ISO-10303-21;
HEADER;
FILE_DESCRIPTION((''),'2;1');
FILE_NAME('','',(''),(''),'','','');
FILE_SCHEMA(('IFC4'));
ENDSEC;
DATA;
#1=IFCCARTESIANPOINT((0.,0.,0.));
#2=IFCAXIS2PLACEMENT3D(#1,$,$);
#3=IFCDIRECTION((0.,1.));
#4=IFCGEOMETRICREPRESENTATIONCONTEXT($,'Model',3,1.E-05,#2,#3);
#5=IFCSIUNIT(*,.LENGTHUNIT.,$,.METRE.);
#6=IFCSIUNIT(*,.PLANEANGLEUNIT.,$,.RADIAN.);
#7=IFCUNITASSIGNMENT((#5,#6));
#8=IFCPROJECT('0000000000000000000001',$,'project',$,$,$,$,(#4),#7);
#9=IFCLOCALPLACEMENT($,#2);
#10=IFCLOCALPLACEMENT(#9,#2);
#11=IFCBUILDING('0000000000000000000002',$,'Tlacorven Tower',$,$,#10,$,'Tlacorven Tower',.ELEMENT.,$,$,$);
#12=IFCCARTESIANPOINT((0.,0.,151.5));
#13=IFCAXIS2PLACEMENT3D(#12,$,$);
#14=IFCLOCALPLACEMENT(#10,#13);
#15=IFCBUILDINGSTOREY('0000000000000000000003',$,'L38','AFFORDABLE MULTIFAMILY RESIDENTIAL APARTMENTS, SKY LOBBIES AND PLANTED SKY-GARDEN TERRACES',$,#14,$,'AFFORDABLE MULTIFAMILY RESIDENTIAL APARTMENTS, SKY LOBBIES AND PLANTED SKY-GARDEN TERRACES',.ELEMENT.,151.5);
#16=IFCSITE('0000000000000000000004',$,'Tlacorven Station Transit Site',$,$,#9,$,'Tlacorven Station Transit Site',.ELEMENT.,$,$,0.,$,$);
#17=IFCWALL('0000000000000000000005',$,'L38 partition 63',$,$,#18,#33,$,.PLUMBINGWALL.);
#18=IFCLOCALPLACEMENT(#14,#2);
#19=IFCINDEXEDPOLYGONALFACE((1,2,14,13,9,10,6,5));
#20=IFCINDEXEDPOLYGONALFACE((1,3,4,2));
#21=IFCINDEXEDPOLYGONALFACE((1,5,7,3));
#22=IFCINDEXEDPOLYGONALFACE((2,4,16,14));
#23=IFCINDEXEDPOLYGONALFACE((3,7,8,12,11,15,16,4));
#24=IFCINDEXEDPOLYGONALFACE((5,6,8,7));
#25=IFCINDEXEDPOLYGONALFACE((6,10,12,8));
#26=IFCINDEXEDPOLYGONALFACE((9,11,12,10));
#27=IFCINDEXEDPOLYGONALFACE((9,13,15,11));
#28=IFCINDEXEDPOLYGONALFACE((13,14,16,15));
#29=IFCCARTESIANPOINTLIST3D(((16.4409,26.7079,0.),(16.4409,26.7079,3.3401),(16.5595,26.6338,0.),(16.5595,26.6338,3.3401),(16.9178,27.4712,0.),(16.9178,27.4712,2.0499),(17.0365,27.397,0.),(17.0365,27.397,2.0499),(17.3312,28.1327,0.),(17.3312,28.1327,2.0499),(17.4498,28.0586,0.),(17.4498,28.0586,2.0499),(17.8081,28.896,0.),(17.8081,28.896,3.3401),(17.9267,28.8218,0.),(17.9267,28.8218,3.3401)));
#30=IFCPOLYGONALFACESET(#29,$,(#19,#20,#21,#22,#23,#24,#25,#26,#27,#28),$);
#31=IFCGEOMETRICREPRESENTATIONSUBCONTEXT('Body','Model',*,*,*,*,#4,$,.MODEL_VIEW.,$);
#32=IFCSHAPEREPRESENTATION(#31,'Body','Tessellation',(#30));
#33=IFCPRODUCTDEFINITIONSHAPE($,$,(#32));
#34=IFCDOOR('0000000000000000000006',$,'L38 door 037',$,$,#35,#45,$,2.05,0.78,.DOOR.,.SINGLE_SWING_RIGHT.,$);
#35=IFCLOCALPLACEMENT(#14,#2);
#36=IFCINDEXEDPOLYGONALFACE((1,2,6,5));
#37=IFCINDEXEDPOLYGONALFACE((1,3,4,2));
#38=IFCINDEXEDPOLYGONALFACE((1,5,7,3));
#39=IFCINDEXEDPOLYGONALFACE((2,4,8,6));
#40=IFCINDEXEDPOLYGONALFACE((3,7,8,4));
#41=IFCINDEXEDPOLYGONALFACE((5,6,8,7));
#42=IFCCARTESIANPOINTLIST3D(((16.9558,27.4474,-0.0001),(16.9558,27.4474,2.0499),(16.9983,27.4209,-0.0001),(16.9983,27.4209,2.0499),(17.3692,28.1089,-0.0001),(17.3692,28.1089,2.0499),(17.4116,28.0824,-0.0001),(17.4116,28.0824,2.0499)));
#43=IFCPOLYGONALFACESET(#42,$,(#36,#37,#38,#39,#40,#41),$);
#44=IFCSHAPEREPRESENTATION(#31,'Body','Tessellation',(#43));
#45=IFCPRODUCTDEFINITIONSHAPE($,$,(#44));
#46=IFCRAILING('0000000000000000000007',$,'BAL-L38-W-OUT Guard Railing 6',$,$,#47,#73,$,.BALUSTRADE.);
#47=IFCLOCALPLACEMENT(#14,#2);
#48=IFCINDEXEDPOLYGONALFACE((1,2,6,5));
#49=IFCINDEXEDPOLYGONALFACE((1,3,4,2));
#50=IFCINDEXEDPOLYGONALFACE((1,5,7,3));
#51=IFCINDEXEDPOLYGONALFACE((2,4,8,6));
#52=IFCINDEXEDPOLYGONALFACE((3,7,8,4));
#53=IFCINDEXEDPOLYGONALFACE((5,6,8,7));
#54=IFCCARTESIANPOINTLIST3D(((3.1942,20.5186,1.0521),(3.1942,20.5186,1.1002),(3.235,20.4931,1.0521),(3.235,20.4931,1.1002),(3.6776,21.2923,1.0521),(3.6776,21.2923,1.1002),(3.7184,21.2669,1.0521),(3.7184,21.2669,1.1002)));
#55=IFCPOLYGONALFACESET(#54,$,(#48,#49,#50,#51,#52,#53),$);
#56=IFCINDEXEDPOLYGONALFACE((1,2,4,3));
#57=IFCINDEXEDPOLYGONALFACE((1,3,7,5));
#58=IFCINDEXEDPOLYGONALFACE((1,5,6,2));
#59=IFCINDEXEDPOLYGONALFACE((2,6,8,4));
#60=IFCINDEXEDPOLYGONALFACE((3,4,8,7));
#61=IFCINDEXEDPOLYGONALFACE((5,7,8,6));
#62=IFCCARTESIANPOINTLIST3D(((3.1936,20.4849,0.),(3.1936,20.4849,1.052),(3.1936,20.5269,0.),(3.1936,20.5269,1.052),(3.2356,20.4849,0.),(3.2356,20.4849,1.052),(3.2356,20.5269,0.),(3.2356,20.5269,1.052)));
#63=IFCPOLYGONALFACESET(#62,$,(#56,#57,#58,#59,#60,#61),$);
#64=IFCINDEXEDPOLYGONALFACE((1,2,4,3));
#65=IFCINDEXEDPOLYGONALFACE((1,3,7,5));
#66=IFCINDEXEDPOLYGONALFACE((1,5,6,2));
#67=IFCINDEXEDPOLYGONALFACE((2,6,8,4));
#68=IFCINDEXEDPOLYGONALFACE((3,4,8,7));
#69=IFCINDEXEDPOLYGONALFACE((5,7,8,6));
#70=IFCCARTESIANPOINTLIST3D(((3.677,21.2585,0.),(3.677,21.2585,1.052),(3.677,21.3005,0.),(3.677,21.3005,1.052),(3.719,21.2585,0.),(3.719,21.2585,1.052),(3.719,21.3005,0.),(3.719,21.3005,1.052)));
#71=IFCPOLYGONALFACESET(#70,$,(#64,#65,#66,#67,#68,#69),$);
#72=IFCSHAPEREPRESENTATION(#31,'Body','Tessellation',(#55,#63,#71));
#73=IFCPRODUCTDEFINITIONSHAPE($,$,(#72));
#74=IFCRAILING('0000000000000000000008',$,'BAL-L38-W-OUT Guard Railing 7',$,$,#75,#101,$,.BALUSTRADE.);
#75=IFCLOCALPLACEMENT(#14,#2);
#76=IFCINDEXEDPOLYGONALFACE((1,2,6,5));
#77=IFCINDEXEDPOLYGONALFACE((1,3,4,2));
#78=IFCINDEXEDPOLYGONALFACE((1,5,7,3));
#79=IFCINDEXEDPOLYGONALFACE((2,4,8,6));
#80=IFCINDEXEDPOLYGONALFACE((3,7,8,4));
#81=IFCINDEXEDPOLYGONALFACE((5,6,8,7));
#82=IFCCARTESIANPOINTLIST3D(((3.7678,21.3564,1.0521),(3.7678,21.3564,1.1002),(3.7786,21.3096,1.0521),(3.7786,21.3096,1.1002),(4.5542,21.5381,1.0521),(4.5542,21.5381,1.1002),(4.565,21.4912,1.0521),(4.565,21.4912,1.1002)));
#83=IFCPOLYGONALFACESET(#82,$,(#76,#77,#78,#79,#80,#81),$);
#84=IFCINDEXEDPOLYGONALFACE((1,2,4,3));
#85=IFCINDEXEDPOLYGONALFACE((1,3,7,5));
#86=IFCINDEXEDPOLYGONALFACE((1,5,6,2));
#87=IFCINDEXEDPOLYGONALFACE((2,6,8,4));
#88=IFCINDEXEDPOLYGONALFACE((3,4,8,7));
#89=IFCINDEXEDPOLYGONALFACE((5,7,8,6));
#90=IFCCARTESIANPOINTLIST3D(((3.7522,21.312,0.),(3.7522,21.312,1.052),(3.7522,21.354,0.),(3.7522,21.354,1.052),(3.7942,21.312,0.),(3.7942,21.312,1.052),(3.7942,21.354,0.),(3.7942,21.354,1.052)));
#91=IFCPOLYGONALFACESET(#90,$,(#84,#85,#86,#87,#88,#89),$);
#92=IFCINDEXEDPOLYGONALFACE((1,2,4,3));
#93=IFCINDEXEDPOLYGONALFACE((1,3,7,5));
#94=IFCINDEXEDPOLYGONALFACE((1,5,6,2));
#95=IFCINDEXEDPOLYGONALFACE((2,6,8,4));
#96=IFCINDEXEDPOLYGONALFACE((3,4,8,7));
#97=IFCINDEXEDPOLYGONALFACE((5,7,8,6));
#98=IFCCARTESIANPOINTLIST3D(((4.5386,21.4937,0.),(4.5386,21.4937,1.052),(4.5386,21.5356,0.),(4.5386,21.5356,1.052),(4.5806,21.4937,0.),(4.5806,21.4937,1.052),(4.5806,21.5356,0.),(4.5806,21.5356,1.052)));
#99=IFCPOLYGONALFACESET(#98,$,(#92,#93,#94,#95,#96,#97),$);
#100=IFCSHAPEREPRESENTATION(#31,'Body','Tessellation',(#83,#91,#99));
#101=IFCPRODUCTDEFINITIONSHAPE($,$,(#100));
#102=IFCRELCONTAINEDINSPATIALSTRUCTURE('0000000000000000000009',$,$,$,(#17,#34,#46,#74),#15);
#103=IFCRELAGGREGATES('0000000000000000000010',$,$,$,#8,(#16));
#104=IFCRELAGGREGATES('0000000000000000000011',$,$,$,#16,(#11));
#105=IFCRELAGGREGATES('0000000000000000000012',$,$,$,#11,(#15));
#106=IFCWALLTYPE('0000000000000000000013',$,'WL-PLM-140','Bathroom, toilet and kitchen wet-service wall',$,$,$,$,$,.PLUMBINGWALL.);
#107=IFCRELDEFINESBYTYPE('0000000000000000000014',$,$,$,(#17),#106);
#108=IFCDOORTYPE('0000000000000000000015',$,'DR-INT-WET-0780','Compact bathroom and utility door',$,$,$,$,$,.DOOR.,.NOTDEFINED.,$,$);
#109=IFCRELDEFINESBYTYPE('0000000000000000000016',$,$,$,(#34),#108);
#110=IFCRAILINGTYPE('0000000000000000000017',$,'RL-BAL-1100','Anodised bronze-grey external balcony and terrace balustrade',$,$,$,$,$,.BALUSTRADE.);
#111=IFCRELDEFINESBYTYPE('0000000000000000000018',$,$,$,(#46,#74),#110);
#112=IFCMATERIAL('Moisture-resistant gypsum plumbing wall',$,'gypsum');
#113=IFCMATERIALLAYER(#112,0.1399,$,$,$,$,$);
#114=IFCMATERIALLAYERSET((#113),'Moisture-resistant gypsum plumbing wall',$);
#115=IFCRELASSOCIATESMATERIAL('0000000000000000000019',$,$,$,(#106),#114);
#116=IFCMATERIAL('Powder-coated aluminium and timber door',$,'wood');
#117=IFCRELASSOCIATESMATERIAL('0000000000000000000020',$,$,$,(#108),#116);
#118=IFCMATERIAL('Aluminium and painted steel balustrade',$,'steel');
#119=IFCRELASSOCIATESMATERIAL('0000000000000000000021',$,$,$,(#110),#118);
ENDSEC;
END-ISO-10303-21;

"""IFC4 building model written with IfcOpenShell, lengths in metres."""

from ifc_helpers import new_model, si_unit, direction, frame, frame_2d, origin, origin_2d, place, context, subcontext, project, spatial, rectangle, extrude, source, transform, mapped, material, layer, layer_set, type_object, element, fill, save


model = new_model("IFC4")

# Units and contexts
model_context = context("Model", 3, precision=1e-05, world=origin(), true_north=direction((0.0, 1.0)))
body_context = subcontext(model_context, "Body", "Model", "MODEL_VIEW")
ifc_project = project(units=[si_unit("LENGTHUNIT", "METRE"), si_unit("PLANEANGLEUNIT", "RADIAN")], contexts=[model_context])

# Site, building, storey
site_placement = place(None, origin())
site = spatial("IfcSite", under=ifc_project, at=site_placement, Name="Tlacorven Station Transit Site", LongName="Tlacorven Station Transit Site", CompositionType="ELEMENT", RefElevation=0.0)
building_placement = place(site_placement, origin())
building = spatial("IfcBuilding", under=site, at=building_placement, Name="Tlacorven Tower", LongName="Tlacorven Tower", CompositionType="ELEMENT")
storey_placement = place(building_placement, frame((0.0, 0.0, 151.5)))
storey = spatial("IfcBuildingStorey", under=building, at=storey_placement, Name="L38", Description="AFFORDABLE MULTIFAMILY RESIDENTIAL APARTMENTS, SKY LOBBIES AND PLANTED SKY-GARDEN TERRACES", LongName="AFFORDABLE MULTIFAMILY RESIDENTIAL APARTMENTS, SKY LOBBIES AND PLANTED SKY-GARDEN TERRACES", CompositionType="ELEMENT", Elevation=151.5)

# Wall, opening, door
ifc_material_1 = material(Name="Moisture-resistant gypsum plumbing wall", Category="gypsum")
ifc_layer_1 = layer(ifc_material_1, 0.1399)
ifc_layer_set_1 = layer_set([ifc_layer_1], Name="Moisture-resistant gypsum plumbing wall")
wall_type_1 = type_object("IfcWallType", Name="WL-PLM-140", Description="Bathroom, toilet and kitchen wet-service wall", PredefinedType="PLUMBINGWALL", material=ifc_layer_set_1)
ifc_material_2 = material(Name="Powder-coated aluminium and timber door", Category="wood")
door_type_1 = type_object("IfcDoorType", Name="DR-INT-WET-0780", Description="Compact bathroom and utility door", OperationType="NOTDEFINED", PredefinedType="DOOR", material=ifc_material_2)
shared_shape_1 = source(origin(), body_context, "Body", "SweptSolid", [
    extrude(rectangle(XDim=0.78, YDim=2.05, at=frame_2d((0.3901, 1.0249))), frame((0.0, 0.0249, 0.0), z_axis=(0.0, -1.0, 0.0), x_axis=(1.0, 0.0, 0.0)), (0.0, 0.0, 1.0), 0.05),
])
wall_1_placement = place(storey_placement, frame((17.8674, 28.8589, 0.0), z_axis=(0.0, 0.0, 1.0), x_axis=(-0.529914, -0.848051, 0.0)))
wall_1 = element("IfcWall", 1, at=wall_1_placement, inside=storey, type_object=wall_type_1, Name="L38 partition 63", PredefinedType="PLUMBINGWALL", context=body_context, shape_type="SweptSolid", body=[
    extrude(rectangle(XDim=2.5801, YDim=0.1399, at=frame_2d((1.29, 0.0))), origin(), (0.0, 0.0, 1.0), 3.3401),
])
opening_1_placement = place(wall_1_placement, frame((0.8999, 0.0, 0.0)))
opening_1 = element("IfcOpeningElement", 2, at=opening_1_placement, cuts=wall_1, PredefinedType="OPENING", context=body_context, shape_type="SweptSolid", body=[
    extrude(rectangle(XDim=0.78, YDim=2.05, at=frame_2d((0.3901, 1.0249))), frame((0.0, 0.0801, 0.0), z_axis=(0.0, -1.0, 0.0), x_axis=(1.0, 0.0, 0.0)), (0.0, 0.0, 1.0), 0.1599),
])
door_1_placement = place(opening_1_placement, origin())
door_1 = element("IfcDoor", 3, at=door_1_placement, inside=storey, type_object=door_type_1, Name="L38 door 037", OperationType="SINGLE_SWING_RIGHT", OverallHeight=2.05, OverallWidth=0.78, PredefinedType="DOOR", context=body_context, shape_type="MappedRepresentation", body=[
    mapped(shared_shape_1, transform((0.0, 0.0, 0.0), scale=1.0)),
])
fill(opening_1, door_1)

# Railings
ifc_material_3 = material(Name="Aluminium and painted steel balustrade", Category="steel")
railing_type = type_object("IfcRailingType", Name="RL-BAL-1100", Description="Anodised bronze-grey external balcony and terrace balustrade", PredefinedType="BALUSTRADE", material=ifc_material_3)
shared_shape_2 = source(origin(), body_context, "Body", "SweptSolid", [
    extrude(rectangle(XDim=0.0481, YDim=0.0481, at=origin_2d()), frame((0.0, 0.0, 1.0762), z_axis=(0.529879, 0.848073, 0.0), x_axis=(-0.848073, 0.529879, 0.0)), (0.0, 0.0, 1.0), 0.9124),
    extrude(rectangle(XDim=0.042, YDim=0.042, at=origin_2d()), origin(), (0.0, 0.0, 1.0), 1.052),
    extrude(rectangle(XDim=0.042, YDim=0.042, at=origin_2d()), frame((0.4834, 0.7737, 0.0)), (0.0, 0.0, 1.0), 1.052),
])
railing_1_placement = place(storey_placement, frame((3.2146, 20.5059, 0.0)))
element("IfcRailing", 4, at=railing_1_placement, inside=storey, type_object=railing_type, Name="BAL-L38-W-OUT Guard Railing 6", PredefinedType="BALUSTRADE", context=body_context, shape_type="MappedRepresentation", body=[
    mapped(shared_shape_2, transform((0.0, 0.0, 0.0), scale=1.0)),
])
shared_shape_3 = source(origin(), body_context, "Body", "SweptSolid", [
    extrude(rectangle(XDim=0.0481, YDim=0.0481, at=origin_2d()), frame((0.0, 0.0, 1.0762), z_axis=(0.974345, 0.225058, 0.0), x_axis=(-0.225058, 0.974345, 0.0)), (0.0, 0.0, 1.0), 0.8071),
    extrude(rectangle(XDim=0.042, YDim=0.042, at=origin_2d()), origin(), (0.0, 0.0, 1.0), 1.052),
    extrude(rectangle(XDim=0.042, YDim=0.042, at=origin_2d()), frame((0.7864, 0.1816, 0.0)), (0.0, 0.0, 1.0), 1.052),
])
railing_2_placement = place(storey_placement, frame((3.7732, 21.333, 0.0)))
element("IfcRailing", 5, at=railing_2_placement, inside=storey, type_object=railing_type, Name="BAL-L38-W-OUT Guard Railing 7", PredefinedType="BALUSTRADE", context=body_context, shape_type="MappedRepresentation", body=[
    mapped(shared_shape_3, transform((0.0, 0.0, 0.0), scale=1.0)),
])

save(model, "model.ifc")
